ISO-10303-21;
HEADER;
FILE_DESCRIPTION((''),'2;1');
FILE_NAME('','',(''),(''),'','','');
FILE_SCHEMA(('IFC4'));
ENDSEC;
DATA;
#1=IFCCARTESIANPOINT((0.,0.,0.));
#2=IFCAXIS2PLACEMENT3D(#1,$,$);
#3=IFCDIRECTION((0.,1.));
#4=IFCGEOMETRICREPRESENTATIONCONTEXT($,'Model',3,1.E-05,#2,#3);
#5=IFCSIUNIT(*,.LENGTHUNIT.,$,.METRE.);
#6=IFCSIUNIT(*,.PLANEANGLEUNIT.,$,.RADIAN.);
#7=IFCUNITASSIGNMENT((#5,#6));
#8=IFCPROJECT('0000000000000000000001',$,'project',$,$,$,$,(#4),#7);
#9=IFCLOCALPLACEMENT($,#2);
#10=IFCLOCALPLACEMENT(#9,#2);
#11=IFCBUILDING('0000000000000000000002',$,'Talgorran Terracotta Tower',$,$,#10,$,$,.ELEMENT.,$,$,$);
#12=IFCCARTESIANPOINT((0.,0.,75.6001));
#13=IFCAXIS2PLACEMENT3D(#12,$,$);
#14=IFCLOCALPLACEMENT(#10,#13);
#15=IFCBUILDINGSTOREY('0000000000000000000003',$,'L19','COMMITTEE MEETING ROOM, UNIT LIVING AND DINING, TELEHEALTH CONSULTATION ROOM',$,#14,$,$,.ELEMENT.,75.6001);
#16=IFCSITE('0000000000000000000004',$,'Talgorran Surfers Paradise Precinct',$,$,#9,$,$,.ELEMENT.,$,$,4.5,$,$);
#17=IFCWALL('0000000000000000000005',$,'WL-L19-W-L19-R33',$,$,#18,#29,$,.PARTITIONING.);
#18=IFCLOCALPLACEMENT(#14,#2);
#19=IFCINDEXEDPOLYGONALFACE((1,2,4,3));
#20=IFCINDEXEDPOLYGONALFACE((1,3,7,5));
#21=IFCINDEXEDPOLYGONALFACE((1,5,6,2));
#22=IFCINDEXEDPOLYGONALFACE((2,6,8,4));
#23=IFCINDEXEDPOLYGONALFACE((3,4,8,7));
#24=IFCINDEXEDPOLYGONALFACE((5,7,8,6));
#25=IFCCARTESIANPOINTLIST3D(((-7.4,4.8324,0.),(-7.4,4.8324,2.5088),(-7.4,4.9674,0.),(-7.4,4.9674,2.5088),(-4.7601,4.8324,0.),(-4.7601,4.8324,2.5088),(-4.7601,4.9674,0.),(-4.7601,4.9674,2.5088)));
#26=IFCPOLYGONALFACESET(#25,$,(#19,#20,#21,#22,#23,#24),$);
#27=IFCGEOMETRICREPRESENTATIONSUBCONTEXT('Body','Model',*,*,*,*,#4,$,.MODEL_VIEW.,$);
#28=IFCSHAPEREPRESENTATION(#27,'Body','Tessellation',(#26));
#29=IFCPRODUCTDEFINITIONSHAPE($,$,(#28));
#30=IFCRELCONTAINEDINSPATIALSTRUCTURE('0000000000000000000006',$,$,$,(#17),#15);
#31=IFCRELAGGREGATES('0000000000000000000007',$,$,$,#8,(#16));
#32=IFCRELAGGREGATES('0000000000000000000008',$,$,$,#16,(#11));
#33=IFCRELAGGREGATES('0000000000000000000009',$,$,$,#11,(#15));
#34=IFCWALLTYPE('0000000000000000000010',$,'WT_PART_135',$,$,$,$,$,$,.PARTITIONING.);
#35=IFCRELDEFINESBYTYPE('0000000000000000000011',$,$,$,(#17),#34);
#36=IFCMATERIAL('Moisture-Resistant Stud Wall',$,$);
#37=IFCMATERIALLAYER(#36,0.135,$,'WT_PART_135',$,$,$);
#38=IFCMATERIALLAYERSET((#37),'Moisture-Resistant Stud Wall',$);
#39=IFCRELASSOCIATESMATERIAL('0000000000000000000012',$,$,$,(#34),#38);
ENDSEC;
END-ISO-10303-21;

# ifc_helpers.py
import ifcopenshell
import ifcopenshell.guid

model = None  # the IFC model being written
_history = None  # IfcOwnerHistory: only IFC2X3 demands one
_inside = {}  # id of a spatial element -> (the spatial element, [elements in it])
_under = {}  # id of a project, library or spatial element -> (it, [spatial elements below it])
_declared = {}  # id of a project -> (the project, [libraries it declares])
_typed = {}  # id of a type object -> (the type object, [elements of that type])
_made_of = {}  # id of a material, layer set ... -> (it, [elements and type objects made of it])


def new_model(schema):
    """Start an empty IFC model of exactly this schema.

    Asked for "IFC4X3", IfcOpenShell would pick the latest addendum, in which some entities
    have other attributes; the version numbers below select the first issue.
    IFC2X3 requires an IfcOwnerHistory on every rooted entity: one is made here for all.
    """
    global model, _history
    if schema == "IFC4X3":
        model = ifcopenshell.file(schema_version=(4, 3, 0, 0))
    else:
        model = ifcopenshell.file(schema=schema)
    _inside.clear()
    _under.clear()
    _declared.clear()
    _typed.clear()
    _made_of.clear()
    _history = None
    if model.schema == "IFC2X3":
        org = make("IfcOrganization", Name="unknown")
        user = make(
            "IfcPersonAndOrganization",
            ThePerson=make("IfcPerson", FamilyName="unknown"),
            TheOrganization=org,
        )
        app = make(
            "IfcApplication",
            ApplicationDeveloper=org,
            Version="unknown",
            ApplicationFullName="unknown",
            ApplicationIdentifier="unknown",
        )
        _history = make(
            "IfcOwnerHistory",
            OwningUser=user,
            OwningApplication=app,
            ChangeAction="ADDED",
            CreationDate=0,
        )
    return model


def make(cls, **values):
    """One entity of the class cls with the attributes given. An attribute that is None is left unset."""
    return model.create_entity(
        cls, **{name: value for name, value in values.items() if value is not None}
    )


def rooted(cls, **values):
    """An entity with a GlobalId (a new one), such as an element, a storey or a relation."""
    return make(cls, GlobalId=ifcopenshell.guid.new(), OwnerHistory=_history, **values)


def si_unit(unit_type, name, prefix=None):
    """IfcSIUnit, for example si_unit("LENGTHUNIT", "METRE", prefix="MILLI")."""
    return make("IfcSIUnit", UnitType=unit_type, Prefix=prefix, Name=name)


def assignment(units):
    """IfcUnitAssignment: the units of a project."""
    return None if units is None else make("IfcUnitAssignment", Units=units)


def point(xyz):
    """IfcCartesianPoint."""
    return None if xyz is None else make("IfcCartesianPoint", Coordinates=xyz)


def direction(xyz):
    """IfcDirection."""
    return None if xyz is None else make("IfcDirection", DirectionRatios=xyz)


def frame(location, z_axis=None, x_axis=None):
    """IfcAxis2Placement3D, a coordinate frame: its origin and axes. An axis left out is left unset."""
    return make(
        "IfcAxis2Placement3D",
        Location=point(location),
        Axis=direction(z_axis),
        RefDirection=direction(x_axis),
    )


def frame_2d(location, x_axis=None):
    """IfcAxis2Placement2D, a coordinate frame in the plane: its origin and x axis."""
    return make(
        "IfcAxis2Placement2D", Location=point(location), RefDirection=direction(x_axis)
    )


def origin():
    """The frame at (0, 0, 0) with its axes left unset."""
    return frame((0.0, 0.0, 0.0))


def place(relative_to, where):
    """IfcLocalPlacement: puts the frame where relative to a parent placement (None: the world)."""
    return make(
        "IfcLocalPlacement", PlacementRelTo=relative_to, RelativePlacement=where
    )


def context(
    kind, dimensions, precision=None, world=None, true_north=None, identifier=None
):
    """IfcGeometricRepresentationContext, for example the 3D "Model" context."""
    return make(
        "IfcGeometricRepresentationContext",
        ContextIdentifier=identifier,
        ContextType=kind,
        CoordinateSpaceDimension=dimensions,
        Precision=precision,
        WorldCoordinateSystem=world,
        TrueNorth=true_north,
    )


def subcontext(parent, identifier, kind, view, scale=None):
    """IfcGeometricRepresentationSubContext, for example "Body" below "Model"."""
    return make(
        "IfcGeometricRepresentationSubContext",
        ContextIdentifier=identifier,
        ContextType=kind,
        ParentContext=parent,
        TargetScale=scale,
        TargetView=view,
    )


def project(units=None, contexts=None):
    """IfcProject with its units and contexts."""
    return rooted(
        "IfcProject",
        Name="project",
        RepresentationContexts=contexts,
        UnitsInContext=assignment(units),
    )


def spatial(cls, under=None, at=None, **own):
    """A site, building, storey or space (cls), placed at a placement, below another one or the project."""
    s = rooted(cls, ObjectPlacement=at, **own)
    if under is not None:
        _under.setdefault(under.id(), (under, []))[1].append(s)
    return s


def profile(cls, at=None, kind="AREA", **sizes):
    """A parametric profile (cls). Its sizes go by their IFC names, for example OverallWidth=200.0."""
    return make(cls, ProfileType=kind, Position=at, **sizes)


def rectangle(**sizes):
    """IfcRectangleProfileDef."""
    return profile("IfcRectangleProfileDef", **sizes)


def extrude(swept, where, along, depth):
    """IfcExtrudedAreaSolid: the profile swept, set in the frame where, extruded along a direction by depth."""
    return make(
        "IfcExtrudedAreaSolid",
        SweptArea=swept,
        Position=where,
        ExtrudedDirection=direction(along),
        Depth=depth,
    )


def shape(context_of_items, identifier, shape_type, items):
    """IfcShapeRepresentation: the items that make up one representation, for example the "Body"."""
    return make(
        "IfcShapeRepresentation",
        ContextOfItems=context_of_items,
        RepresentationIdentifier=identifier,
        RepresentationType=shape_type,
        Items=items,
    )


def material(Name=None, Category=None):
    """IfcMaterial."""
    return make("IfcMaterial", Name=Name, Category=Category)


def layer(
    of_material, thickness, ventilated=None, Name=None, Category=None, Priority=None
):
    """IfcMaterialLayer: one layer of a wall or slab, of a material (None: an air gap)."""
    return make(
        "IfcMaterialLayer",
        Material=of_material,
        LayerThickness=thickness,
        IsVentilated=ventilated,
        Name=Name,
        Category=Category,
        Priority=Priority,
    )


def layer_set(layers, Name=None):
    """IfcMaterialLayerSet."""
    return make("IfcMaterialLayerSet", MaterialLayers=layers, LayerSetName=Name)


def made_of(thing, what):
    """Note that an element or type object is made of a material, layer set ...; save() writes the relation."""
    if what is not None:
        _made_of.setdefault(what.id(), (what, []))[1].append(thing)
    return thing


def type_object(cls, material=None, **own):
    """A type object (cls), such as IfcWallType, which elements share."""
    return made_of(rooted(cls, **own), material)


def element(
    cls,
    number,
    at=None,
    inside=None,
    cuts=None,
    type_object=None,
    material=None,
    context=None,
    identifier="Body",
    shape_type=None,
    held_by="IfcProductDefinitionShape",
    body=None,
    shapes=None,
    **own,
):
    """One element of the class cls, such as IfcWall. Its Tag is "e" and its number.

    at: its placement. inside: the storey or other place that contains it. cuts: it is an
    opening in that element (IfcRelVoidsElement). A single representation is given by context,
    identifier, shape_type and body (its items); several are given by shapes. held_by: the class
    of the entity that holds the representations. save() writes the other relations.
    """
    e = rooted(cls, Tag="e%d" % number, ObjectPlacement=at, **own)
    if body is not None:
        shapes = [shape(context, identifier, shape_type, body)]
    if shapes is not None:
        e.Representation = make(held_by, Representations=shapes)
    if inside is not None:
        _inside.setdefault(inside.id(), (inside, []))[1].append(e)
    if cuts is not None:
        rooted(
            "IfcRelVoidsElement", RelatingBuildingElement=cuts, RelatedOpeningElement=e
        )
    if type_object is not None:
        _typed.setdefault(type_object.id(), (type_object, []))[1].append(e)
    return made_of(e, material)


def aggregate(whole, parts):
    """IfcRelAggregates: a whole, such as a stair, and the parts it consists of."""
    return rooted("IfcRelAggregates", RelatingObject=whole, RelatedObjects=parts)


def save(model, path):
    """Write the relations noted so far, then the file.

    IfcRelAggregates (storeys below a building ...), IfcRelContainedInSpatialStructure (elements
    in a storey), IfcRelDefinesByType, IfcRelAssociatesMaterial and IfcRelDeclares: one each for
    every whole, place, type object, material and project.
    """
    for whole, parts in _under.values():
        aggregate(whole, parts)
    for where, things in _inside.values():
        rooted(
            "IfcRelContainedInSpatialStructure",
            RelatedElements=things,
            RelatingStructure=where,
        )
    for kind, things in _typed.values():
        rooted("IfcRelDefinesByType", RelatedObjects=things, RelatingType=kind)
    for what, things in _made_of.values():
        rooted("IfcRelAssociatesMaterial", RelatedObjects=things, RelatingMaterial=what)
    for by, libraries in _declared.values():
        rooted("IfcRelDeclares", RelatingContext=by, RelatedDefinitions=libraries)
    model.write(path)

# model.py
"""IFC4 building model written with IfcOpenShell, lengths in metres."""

from ifc_helpers import new_model, si_unit, direction, frame, frame_2d, origin, place, context, subcontext, project, spatial, rectangle, extrude, material, layer, layer_set, type_object, element, save


model = new_model("IFC4")

# Units and contexts
model_context = context("Model", 3, precision=1e-05, world=origin(), true_north=direction((0.0, 1.0)))
body_context = subcontext(model_context, "Body", "Model", "MODEL_VIEW")
ifc_project = project(units=[si_unit("LENGTHUNIT", "METRE"), si_unit("PLANEANGLEUNIT", "RADIAN")], contexts=[model_context])

# Site, building, storey
site_placement = place(None, origin())
site = spatial("IfcSite", under=ifc_project, at=site_placement, Name="Talgorran Surfers Paradise Precinct", CompositionType="ELEMENT", RefElevation=4.5)
building_placement = place(site_placement, origin())
building = spatial("IfcBuilding", under=site, at=building_placement, Name="Talgorran Terracotta Tower", CompositionType="ELEMENT")
storey_placement = place(building_placement, frame((0.0, 0.0, 75.6001)))
storey = spatial("IfcBuildingStorey", under=building, at=storey_placement, Name="L19", Description="COMMITTEE MEETING ROOM, UNIT LIVING AND DINING, TELEHEALTH CONSULTATION ROOM", CompositionType="ELEMENT", Elevation=75.6001)

# Shared definitions
ifc_material_1 = material(Name="Moisture-Resistant Stud Wall")
ifc_layer_1 = layer(ifc_material_1, 0.135, Name="WT_PART_135")
ifc_layer_set_1 = layer_set([ifc_layer_1], Name="Moisture-Resistant Stud Wall")
wall_type_1 = type_object("IfcWallType", Name="WT_PART_135", PredefinedType="PARTITIONING", material=ifc_layer_set_1)

# Wall
wall_1_placement = place(storey_placement, frame((-7.3999, 4.8999, 0.0), z_axis=(0.0, 0.0, 1.0), x_axis=(1.0, 0.0, 0.0)))
element("IfcWall", 1, at=wall_1_placement, inside=storey, type_object=wall_type_1, Name="WL-L19-W-L19-R33", PredefinedType="PARTITIONING", context=body_context, shape_type="SweptSolid", body=[
    extrude(rectangle(XDim=2.6399, YDim=0.135, at=frame_2d((1.3198, 0.0))), origin(), (0.0, 0.0, 1.0), 2.5088),
])

save(model, "model.ifc")
